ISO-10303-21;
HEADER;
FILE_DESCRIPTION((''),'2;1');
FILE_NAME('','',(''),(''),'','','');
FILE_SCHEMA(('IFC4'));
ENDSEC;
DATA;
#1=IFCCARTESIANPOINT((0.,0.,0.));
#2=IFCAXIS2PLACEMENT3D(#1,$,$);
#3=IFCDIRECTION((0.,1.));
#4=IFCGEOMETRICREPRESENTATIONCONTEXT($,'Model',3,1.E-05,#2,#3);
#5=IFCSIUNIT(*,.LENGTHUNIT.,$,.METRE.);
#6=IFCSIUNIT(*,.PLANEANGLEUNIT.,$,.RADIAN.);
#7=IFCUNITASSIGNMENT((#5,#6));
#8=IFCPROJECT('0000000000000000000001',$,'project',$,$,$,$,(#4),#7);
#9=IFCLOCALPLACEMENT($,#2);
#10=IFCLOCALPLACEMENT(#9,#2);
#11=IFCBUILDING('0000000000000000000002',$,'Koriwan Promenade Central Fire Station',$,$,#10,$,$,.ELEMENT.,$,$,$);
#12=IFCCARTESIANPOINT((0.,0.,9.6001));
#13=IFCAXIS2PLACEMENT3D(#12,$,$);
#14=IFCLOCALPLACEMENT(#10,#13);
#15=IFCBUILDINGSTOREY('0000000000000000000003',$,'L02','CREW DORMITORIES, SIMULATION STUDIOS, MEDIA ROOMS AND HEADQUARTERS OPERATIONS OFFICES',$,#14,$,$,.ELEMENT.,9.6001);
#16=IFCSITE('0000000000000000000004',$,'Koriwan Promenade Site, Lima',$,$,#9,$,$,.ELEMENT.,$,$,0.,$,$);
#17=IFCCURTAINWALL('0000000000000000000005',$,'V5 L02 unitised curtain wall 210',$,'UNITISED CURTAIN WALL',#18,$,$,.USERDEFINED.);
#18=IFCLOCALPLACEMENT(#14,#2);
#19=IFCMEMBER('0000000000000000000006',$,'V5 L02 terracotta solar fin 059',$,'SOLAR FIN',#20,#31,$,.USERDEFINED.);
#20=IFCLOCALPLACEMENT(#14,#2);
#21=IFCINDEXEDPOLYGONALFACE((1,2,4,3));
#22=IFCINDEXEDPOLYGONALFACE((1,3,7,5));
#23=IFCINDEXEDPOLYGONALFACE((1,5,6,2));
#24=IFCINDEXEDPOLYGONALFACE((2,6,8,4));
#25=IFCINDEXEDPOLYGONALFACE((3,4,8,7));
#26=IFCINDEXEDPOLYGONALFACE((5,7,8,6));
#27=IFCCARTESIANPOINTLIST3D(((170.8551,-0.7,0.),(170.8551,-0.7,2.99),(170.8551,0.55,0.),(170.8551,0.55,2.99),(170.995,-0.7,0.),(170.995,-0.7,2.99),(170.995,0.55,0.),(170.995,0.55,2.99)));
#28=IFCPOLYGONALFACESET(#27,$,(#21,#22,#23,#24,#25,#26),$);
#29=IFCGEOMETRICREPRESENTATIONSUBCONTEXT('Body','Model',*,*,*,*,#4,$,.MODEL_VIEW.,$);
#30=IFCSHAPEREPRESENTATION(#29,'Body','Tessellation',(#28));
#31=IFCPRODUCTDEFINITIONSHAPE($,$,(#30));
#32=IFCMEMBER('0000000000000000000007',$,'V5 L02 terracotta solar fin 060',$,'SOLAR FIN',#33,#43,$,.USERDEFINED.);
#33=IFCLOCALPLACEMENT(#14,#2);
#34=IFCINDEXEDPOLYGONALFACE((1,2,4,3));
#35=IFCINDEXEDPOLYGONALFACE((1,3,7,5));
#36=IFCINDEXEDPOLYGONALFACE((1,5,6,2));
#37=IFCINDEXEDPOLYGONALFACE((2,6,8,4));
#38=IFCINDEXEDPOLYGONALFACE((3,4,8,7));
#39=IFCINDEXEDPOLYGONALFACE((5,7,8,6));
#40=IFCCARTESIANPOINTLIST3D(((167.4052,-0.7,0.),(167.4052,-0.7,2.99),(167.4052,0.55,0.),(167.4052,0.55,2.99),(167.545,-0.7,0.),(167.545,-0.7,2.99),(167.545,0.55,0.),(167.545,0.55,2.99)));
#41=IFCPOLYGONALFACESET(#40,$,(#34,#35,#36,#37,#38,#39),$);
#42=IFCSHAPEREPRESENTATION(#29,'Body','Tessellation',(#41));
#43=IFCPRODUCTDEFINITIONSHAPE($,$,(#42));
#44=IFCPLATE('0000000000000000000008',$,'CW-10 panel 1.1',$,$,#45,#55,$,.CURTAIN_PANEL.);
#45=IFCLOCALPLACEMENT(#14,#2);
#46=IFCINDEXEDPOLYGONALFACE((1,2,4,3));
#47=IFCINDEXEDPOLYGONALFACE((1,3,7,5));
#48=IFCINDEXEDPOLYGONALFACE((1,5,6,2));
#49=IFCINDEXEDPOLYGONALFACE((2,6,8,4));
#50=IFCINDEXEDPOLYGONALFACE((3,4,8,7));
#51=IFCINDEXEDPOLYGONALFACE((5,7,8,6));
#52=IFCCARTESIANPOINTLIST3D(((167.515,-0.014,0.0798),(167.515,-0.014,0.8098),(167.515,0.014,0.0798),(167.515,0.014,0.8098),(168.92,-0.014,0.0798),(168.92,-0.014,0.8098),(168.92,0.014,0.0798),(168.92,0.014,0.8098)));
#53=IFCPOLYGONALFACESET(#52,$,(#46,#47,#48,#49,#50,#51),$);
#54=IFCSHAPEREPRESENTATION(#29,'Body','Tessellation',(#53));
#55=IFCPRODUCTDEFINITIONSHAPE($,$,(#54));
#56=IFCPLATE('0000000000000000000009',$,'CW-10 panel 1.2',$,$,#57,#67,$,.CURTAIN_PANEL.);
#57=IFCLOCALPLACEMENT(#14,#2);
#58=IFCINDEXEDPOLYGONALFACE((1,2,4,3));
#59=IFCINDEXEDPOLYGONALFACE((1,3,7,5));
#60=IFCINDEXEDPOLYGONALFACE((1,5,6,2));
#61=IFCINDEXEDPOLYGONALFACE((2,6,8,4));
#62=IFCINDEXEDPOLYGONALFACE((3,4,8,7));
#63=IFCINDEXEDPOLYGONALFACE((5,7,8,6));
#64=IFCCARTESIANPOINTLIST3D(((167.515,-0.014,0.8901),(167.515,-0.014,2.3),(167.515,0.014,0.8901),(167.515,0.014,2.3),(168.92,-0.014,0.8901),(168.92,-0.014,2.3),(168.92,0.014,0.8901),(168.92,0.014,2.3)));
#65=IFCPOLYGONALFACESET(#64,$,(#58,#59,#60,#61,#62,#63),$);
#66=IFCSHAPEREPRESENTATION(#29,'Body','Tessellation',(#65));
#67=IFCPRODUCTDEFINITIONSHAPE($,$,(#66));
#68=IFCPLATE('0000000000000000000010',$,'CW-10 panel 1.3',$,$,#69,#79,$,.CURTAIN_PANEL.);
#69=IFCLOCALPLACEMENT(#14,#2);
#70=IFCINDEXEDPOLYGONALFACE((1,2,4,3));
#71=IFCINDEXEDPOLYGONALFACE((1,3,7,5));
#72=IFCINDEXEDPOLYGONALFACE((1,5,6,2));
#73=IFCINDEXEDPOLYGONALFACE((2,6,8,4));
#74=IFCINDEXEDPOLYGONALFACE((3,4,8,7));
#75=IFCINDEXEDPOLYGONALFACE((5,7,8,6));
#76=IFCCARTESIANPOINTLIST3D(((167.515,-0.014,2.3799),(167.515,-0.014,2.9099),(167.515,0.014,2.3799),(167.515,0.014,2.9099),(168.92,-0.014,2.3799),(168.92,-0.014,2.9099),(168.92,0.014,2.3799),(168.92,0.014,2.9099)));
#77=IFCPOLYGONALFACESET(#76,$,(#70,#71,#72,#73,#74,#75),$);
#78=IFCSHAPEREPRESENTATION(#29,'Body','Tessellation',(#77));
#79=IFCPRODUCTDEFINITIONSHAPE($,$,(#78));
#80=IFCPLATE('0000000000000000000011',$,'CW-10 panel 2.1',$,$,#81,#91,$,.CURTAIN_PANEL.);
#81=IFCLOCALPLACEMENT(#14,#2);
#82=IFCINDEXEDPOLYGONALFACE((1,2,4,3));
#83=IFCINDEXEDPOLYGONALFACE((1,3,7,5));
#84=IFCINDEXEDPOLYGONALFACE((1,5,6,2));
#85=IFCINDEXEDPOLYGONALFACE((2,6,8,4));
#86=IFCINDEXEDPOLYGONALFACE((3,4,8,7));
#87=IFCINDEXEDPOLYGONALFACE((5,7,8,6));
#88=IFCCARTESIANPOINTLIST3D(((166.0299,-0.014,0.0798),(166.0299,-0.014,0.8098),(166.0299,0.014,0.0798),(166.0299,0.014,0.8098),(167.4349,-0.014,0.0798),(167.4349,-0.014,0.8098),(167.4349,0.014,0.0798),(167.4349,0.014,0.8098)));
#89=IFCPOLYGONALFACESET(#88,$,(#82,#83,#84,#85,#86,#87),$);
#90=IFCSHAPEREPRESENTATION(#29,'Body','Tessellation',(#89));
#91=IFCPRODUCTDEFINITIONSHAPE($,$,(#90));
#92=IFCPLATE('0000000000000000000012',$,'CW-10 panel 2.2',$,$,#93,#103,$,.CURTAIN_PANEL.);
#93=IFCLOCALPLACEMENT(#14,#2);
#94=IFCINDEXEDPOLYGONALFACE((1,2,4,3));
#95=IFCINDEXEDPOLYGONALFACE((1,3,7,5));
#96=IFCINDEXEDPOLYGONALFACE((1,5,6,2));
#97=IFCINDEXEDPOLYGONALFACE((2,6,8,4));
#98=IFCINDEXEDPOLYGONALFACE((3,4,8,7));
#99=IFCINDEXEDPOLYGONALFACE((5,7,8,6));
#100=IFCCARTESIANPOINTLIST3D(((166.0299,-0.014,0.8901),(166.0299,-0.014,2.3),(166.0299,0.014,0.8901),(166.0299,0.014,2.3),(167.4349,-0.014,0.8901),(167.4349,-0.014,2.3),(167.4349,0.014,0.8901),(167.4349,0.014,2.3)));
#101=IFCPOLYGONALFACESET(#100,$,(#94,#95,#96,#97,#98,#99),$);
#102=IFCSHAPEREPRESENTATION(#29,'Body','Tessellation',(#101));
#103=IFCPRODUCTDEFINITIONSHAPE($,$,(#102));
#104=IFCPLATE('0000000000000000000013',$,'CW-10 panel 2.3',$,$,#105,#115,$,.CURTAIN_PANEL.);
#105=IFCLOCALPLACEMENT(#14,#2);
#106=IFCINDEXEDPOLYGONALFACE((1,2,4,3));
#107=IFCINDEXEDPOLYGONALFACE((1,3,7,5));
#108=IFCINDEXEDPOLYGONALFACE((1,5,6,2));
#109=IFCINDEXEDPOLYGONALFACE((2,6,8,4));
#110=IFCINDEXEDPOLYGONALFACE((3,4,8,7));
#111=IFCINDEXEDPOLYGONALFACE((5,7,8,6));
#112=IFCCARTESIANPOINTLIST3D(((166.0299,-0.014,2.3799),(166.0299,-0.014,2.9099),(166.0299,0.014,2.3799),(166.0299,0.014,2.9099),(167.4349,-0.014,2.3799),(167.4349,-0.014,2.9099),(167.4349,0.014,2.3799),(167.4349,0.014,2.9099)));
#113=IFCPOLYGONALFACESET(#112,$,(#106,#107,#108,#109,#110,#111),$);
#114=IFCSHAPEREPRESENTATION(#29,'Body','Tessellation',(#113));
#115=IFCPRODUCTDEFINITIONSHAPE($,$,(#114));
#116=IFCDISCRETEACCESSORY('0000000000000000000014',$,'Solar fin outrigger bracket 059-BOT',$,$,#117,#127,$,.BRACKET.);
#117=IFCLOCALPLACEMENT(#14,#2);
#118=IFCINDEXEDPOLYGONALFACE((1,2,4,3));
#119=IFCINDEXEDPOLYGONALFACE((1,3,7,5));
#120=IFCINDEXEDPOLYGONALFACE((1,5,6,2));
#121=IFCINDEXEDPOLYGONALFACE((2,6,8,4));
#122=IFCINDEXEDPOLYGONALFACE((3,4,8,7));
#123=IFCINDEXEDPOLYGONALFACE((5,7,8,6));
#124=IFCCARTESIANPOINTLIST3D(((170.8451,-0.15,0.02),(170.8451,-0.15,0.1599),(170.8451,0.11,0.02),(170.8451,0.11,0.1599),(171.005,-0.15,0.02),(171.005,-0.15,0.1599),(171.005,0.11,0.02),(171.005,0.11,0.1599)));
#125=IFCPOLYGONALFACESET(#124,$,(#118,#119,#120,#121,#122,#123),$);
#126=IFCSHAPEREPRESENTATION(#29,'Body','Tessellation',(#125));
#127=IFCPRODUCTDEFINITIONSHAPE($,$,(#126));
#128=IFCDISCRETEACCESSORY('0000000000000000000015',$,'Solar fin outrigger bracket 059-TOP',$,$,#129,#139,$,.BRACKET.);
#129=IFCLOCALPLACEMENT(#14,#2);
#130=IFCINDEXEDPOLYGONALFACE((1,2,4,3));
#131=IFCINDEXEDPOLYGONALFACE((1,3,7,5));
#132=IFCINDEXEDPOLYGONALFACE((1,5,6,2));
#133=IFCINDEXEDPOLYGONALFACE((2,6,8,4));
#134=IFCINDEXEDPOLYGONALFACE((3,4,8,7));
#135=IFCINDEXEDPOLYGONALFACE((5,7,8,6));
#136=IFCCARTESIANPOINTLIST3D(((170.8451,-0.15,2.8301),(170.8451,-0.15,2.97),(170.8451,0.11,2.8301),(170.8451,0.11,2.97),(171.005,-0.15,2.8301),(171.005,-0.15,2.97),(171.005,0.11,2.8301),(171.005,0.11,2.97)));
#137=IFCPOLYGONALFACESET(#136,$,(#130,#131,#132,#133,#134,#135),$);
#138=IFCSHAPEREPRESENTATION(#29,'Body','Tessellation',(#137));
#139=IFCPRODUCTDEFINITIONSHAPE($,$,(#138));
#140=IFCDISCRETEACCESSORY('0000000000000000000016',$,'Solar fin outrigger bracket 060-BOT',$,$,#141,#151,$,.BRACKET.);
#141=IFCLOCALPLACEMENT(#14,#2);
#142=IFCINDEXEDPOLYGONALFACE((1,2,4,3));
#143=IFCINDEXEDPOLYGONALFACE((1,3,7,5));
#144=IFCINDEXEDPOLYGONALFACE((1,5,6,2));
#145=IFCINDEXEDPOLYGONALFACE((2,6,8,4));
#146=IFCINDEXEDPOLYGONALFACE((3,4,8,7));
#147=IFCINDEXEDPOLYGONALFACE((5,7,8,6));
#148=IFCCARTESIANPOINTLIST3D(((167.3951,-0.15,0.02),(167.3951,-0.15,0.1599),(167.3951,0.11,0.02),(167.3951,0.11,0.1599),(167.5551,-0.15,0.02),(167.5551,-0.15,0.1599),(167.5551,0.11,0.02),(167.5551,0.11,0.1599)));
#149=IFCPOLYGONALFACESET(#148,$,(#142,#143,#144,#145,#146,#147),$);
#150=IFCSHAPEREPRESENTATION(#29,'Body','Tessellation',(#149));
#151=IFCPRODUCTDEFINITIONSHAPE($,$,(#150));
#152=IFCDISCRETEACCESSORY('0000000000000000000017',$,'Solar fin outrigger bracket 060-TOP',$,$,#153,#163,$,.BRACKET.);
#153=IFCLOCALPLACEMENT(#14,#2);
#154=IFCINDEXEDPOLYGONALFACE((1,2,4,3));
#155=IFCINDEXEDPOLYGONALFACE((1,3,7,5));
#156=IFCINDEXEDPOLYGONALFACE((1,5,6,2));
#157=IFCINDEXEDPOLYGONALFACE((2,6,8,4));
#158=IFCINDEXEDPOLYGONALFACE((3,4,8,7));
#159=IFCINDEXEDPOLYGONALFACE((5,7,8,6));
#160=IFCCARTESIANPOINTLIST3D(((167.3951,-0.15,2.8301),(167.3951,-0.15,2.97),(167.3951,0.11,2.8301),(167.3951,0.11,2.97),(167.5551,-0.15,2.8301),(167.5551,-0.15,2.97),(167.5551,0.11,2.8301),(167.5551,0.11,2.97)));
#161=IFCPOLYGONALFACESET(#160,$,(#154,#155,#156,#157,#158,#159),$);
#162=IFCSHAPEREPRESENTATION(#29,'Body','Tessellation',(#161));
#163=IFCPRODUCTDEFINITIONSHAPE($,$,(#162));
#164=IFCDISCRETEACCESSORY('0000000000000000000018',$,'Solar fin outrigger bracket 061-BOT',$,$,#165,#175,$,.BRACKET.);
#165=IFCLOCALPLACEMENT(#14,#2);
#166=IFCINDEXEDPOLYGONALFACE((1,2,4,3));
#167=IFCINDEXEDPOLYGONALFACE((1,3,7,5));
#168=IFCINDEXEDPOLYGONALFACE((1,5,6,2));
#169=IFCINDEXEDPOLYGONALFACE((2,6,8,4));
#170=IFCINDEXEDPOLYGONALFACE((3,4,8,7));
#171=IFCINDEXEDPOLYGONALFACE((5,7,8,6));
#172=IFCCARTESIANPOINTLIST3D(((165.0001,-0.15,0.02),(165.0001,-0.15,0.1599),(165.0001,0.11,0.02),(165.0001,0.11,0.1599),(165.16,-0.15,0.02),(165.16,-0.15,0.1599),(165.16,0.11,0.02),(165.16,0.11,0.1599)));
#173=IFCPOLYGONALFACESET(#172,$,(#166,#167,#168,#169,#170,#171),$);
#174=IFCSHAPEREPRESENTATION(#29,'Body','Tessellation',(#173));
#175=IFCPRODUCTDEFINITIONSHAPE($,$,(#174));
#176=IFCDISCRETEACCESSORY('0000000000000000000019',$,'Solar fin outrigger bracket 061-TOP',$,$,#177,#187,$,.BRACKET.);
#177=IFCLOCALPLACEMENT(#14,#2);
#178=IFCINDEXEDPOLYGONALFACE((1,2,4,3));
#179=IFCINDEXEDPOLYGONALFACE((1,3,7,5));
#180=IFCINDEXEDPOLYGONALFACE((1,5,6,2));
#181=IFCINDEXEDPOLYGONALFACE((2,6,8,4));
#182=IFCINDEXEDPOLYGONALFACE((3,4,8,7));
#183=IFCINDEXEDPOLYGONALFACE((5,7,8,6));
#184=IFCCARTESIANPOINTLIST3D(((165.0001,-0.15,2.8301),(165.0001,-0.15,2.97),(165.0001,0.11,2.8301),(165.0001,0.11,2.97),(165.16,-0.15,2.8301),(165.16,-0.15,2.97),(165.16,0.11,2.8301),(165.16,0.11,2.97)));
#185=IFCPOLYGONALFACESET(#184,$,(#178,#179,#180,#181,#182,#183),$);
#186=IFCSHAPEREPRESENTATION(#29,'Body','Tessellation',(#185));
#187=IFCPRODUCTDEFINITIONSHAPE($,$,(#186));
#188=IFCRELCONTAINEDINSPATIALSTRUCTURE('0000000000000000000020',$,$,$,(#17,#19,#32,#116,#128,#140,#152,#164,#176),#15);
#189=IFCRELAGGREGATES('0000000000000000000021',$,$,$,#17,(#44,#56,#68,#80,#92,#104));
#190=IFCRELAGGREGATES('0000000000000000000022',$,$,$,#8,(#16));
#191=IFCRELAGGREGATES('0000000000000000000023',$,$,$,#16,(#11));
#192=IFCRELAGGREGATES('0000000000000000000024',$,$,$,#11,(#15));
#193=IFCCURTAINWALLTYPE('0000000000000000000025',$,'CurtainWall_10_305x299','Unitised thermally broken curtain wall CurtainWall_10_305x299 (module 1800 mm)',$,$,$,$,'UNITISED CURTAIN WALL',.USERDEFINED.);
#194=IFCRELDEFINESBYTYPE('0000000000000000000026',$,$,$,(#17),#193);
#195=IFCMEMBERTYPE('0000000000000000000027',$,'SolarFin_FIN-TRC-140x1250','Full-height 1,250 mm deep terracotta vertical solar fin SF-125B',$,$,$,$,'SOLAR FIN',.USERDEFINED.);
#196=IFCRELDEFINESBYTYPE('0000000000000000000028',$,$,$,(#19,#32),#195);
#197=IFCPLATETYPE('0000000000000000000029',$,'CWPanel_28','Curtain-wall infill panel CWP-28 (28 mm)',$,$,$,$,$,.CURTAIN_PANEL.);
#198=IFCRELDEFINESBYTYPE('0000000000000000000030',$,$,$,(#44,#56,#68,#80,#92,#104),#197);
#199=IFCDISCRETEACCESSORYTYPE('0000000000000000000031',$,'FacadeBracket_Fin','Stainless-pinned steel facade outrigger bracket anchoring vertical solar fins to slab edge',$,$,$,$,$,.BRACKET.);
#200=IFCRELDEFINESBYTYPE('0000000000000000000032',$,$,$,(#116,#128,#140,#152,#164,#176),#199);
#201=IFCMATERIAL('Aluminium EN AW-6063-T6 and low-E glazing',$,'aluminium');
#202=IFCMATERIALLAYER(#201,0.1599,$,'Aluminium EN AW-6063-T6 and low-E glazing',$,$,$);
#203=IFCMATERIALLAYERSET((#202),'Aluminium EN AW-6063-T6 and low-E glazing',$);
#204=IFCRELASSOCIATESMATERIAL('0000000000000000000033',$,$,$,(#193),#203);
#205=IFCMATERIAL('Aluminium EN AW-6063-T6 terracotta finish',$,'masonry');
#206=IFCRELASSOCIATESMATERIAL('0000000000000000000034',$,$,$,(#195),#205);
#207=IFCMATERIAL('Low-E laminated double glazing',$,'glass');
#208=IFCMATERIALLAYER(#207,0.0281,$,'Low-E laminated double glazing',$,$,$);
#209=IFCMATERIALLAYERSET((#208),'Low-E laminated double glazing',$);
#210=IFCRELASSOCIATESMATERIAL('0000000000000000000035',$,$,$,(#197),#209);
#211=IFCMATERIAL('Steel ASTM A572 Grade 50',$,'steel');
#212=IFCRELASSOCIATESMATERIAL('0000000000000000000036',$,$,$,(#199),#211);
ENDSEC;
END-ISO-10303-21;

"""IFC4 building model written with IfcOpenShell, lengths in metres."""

from ifc_helpers import new_model, si_unit, direction, frame, origin, origin_2d, place, context, subcontext, project, spatial, rectangle, extrude, material, layer, layer_set, material_profile, profile_set, type_object, element, aggregate, save


model = new_model("IFC4")

# Units and contexts
model_context = context("Model", 3, precision=1e-05, world=origin(), true_north=direction((0.0, 1.0)))
body_context = subcontext(model_context, "Body", "Model", "MODEL_VIEW")
ifc_project = project(units=[si_unit("LENGTHUNIT", "METRE"), si_unit("PLANEANGLEUNIT", "RADIAN")], contexts=[model_context])

# Site, building, storey
site_placement = place(None, origin())
site = spatial("IfcSite", under=ifc_project, at=site_placement, Name="Koriwan Promenade Site, Lima", CompositionType="ELEMENT", RefElevation=0.0)
building_placement = place(site_placement, origin())
building = spatial("IfcBuilding", under=site, at=building_placement, Name="Koriwan Promenade Central Fire Station", CompositionType="ELEMENT")
storey_placement = place(building_placement, frame((0.0, 0.0, 9.6001)))
storey = spatial("IfcBuildingStorey", under=building, at=storey_placement, Name="L02", Description="CREW DORMITORIES, SIMULATION STUDIOS, MEDIA ROOMS AND HEADQUARTERS OPERATIONS OFFICES", CompositionType="ELEMENT", Elevation=9.6001)

# Shared definitions
ifc_material_1 = material(Name="Aluminium EN AW-6063-T6 and low-E glazing", Category="aluminium")

# Curtain wall
ifc_layer_1 = layer(ifc_material_1, 0.1599, Name="Aluminium EN AW-6063-T6 and low-E glazing")
ifc_layer_set_1 = layer_set([ifc_layer_1], Name="Aluminium EN AW-6063-T6 and low-E glazing")
curtain_wall_type_1 = type_object("IfcCurtainWallType", Name="CurtainWall_10_305x299", Description="Unitised thermally broken curtain wall CurtainWall_10_305x299 (module 1800 mm)", ElementType="UNITISED CURTAIN WALL", PredefinedType="USERDEFINED", material=ifc_layer_set_1)
curtain_wall_1_placement = place(storey_placement, origin())
curtain_wall_1 = element("IfcCurtainWall", 1, at=curtain_wall_1_placement, inside=storey, type_object=curtain_wall_type_1, Name="V5 L02 unitised curtain wall 210", ObjectType="UNITISED CURTAIN WALL", PredefinedType="USERDEFINED")

# Members
ifc_material_2 = material(Name="Aluminium EN AW-6063-T6 terracotta finish", Category="masonry")
ifc_material_profile_1 = material_profile(ifc_material_2, rectangle(XDim=0.1399, YDim=1.25, at=origin_2d()), Name="FIN-TRC-140x1250")
ifc_profile_set_1 = profile_set([ifc_material_profile_1], Name="Aluminium EN AW-6063-T6 terracotta finish")
member_type_1 = type_object("IfcMemberType", Name="SolarFin_FIN-TRC-140x1250", Description="Full-height 1,250 mm deep terracotta vertical solar fin SF-125B", ElementType="SOLAR FIN", PredefinedType="USERDEFINED", material=ifc_profile_set_1)
for number, where, z_axis, x_axis, name in (
    (2, (170.925, -0.075, 0.0), (0.0, 0.0, 1.0), (-1.0, 0.0, 0.0), "V5 L02 terracotta solar fin 059"),
    (3, (167.4751, -0.075, 0.0), (0.0, 0.0, 1.0), (-1.0, 0.0, 0.0), "V5 L02 terracotta solar fin 060"),
):
    element("IfcMember", number, at=place(storey_placement, frame(where, z_axis=z_axis, x_axis=x_axis)), inside=storey, type_object=member_type_1, Name=name, ObjectType="SOLAR FIN", PredefinedType="USERDEFINED", context=body_context, shape_type="SweptSolid", body=[
        extrude(rectangle(XDim=0.1399, YDim=1.25, at=origin_2d()), origin(), (0.0, 0.0, 1.0), 2.99),
    ])

# Plates
ifc_material_3 = material(Name="Low-E laminated double glazing", Category="glass")
ifc_layer_2 = layer(ifc_material_3, 0.0281, Name="Low-E laminated double glazing")
ifc_layer_set_2 = layer_set([ifc_layer_2], Name="Low-E laminated double glazing")
plate_type = type_object("IfcPlateType", Name="CWPanel_28", Description="Curtain-wall infill panel CWP-28 (28 mm)", PredefinedType="CURTAIN_PANEL", material=ifc_layer_set_2)
plate_1_placement = place(storey_placement, frame((168.2175, 0.0, 0.0798), z_axis=(0.0, 0.0, 1.0), x_axis=(-1.0, 0.0, 0.0)))
plate_1 = element("IfcPlate", 4, at=plate_1_placement, type_object=plate_type, Name="CW-10 panel 1.1", PredefinedType="CURTAIN_PANEL", context=body_context, shape_type="SweptSolid", body=[
    extrude(rectangle(XDim=1.405, YDim=0.0281, at=origin_2d()), origin(), (0.0, 0.0, 1.0), 0.73),
])
plate_2_placement = place(storey_placement, frame((168.2175, 0.0, 0.8901), z_axis=(0.0, 0.0, 1.0), x_axis=(-1.0, 0.0, 0.0)))
plate_2 = element("IfcPlate", 5, at=plate_2_placement, type_object=plate_type, Name="CW-10 panel 1.2", PredefinedType="CURTAIN_PANEL", context=body_context, shape_type="SweptSolid", body=[
    extrude(rectangle(XDim=1.405, YDim=0.0281, at=origin_2d()), origin(), (0.0, 0.0, 1.0), 1.4099),
])
plate_3_placement = place(storey_placement, frame((168.2175, 0.0, 2.3799), z_axis=(0.0, 0.0, 1.0), x_axis=(-1.0, 0.0, 0.0)))
plate_3 = element("IfcPlate", 6, at=plate_3_placement, type_object=plate_type, Name="CW-10 panel 1.3", PredefinedType="CURTAIN_PANEL", context=body_context, shape_type="SweptSolid", body=[
    extrude(rectangle(XDim=1.405, YDim=0.0281, at=origin_2d()), origin(), (0.0, 0.0, 1.0), 0.53),
])
plate_4_placement = place(storey_placement, frame((166.7324, 0.0, 0.0798), z_axis=(0.0, 0.0, 1.0), x_axis=(-1.0, 0.0, 0.0)))
plate_4 = element("IfcPlate", 7, at=plate_4_placement, type_object=plate_type, Name="CW-10 panel 2.1", PredefinedType="CURTAIN_PANEL", context=body_context, shape_type="SweptSolid", body=[
    extrude(rectangle(XDim=1.405, YDim=0.0281, at=origin_2d()), origin(), (0.0, 0.0, 1.0), 0.73),
])
plate_5_placement = place(storey_placement, frame((166.7324, 0.0, 0.8901), z_axis=(0.0, 0.0, 1.0), x_axis=(-1.0, 0.0, 0.0)))
plate_5 = element("IfcPlate", 8, at=plate_5_placement, type_object=plate_type, Name="CW-10 panel 2.2", PredefinedType="CURTAIN_PANEL", context=body_context, shape_type="SweptSolid", body=[
    extrude(rectangle(XDim=1.405, YDim=0.0281, at=origin_2d()), origin(), (0.0, 0.0, 1.0), 1.4099),
])
plate_6_placement = place(storey_placement, frame((166.7324, 0.0, 2.3799), z_axis=(0.0, 0.0, 1.0), x_axis=(-1.0, 0.0, 0.0)))
plate_6 = element("IfcPlate", 9, at=plate_6_placement, type_object=plate_type, Name="CW-10 panel 2.3", PredefinedType="CURTAIN_PANEL", context=body_context, shape_type="SweptSolid", body=[
    extrude(rectangle(XDim=1.405, YDim=0.0281, at=origin_2d()), origin(), (0.0, 0.0, 1.0), 0.53),
])
aggregate(curtain_wall_1, [plate_1, plate_2, plate_3, plate_4, plate_5, plate_6])

# Discrete accessories
ifc_material_4 = material(Name="Steel ASTM A572 Grade 50", Category="steel")
discrete_accessory_type = type_object("IfcDiscreteAccessoryType", Name="FacadeBracket_Fin", Description="Stainless-pinned steel facade outrigger bracket anchoring vertical solar fins to slab edge", PredefinedType="BRACKET", material=ifc_material_4)
for number, where, z_axis, x_axis, name in (
    (10, (170.925, -0.02, 0.02), (0.0, 0.0, 1.0), (0.0, -1.0, 0.0), "Solar fin outrigger bracket 059-BOT"),
    (11, (170.925, -0.02, 2.8301), (0.0, 0.0, 1.0), (0.0, -1.0, 0.0), "Solar fin outrigger bracket 059-TOP"),
    (12, (167.4751, -0.02, 0.02), (0.0, 0.0, 1.0), (0.0, -1.0, 0.0), "Solar fin outrigger bracket 060-BOT"),
    (13, (167.4751, -0.02, 2.8301), (0.0, 0.0, 1.0), (0.0, -1.0, 0.0), "Solar fin outrigger bracket 060-TOP"),
    (14, (165.0801, -0.02, 0.02), (0.0, 0.0, 1.0), (0.0, -1.0, 0.0), "Solar fin outrigger bracket 061-BOT"),
    (15, (165.0801, -0.02, 2.8301), (0.0, 0.0, 1.0), (0.0, -1.0, 0.0), "Solar fin outrigger bracket 061-TOP"),
):
    element("IfcDiscreteAccessory", number, at=place(storey_placement, frame(where, z_axis=z_axis, x_axis=x_axis)), inside=storey, type_object=discrete_accessory_type, Name=name, PredefinedType="BRACKET", context=body_context, shape_type="SweptSolid", body=[
        extrude(rectangle(XDim=0.26, YDim=0.1599, at=origin_2d()), origin(), (0.0, 0.0, 1.0), 0.1399),
    ])

save(model, "model.ifc")
